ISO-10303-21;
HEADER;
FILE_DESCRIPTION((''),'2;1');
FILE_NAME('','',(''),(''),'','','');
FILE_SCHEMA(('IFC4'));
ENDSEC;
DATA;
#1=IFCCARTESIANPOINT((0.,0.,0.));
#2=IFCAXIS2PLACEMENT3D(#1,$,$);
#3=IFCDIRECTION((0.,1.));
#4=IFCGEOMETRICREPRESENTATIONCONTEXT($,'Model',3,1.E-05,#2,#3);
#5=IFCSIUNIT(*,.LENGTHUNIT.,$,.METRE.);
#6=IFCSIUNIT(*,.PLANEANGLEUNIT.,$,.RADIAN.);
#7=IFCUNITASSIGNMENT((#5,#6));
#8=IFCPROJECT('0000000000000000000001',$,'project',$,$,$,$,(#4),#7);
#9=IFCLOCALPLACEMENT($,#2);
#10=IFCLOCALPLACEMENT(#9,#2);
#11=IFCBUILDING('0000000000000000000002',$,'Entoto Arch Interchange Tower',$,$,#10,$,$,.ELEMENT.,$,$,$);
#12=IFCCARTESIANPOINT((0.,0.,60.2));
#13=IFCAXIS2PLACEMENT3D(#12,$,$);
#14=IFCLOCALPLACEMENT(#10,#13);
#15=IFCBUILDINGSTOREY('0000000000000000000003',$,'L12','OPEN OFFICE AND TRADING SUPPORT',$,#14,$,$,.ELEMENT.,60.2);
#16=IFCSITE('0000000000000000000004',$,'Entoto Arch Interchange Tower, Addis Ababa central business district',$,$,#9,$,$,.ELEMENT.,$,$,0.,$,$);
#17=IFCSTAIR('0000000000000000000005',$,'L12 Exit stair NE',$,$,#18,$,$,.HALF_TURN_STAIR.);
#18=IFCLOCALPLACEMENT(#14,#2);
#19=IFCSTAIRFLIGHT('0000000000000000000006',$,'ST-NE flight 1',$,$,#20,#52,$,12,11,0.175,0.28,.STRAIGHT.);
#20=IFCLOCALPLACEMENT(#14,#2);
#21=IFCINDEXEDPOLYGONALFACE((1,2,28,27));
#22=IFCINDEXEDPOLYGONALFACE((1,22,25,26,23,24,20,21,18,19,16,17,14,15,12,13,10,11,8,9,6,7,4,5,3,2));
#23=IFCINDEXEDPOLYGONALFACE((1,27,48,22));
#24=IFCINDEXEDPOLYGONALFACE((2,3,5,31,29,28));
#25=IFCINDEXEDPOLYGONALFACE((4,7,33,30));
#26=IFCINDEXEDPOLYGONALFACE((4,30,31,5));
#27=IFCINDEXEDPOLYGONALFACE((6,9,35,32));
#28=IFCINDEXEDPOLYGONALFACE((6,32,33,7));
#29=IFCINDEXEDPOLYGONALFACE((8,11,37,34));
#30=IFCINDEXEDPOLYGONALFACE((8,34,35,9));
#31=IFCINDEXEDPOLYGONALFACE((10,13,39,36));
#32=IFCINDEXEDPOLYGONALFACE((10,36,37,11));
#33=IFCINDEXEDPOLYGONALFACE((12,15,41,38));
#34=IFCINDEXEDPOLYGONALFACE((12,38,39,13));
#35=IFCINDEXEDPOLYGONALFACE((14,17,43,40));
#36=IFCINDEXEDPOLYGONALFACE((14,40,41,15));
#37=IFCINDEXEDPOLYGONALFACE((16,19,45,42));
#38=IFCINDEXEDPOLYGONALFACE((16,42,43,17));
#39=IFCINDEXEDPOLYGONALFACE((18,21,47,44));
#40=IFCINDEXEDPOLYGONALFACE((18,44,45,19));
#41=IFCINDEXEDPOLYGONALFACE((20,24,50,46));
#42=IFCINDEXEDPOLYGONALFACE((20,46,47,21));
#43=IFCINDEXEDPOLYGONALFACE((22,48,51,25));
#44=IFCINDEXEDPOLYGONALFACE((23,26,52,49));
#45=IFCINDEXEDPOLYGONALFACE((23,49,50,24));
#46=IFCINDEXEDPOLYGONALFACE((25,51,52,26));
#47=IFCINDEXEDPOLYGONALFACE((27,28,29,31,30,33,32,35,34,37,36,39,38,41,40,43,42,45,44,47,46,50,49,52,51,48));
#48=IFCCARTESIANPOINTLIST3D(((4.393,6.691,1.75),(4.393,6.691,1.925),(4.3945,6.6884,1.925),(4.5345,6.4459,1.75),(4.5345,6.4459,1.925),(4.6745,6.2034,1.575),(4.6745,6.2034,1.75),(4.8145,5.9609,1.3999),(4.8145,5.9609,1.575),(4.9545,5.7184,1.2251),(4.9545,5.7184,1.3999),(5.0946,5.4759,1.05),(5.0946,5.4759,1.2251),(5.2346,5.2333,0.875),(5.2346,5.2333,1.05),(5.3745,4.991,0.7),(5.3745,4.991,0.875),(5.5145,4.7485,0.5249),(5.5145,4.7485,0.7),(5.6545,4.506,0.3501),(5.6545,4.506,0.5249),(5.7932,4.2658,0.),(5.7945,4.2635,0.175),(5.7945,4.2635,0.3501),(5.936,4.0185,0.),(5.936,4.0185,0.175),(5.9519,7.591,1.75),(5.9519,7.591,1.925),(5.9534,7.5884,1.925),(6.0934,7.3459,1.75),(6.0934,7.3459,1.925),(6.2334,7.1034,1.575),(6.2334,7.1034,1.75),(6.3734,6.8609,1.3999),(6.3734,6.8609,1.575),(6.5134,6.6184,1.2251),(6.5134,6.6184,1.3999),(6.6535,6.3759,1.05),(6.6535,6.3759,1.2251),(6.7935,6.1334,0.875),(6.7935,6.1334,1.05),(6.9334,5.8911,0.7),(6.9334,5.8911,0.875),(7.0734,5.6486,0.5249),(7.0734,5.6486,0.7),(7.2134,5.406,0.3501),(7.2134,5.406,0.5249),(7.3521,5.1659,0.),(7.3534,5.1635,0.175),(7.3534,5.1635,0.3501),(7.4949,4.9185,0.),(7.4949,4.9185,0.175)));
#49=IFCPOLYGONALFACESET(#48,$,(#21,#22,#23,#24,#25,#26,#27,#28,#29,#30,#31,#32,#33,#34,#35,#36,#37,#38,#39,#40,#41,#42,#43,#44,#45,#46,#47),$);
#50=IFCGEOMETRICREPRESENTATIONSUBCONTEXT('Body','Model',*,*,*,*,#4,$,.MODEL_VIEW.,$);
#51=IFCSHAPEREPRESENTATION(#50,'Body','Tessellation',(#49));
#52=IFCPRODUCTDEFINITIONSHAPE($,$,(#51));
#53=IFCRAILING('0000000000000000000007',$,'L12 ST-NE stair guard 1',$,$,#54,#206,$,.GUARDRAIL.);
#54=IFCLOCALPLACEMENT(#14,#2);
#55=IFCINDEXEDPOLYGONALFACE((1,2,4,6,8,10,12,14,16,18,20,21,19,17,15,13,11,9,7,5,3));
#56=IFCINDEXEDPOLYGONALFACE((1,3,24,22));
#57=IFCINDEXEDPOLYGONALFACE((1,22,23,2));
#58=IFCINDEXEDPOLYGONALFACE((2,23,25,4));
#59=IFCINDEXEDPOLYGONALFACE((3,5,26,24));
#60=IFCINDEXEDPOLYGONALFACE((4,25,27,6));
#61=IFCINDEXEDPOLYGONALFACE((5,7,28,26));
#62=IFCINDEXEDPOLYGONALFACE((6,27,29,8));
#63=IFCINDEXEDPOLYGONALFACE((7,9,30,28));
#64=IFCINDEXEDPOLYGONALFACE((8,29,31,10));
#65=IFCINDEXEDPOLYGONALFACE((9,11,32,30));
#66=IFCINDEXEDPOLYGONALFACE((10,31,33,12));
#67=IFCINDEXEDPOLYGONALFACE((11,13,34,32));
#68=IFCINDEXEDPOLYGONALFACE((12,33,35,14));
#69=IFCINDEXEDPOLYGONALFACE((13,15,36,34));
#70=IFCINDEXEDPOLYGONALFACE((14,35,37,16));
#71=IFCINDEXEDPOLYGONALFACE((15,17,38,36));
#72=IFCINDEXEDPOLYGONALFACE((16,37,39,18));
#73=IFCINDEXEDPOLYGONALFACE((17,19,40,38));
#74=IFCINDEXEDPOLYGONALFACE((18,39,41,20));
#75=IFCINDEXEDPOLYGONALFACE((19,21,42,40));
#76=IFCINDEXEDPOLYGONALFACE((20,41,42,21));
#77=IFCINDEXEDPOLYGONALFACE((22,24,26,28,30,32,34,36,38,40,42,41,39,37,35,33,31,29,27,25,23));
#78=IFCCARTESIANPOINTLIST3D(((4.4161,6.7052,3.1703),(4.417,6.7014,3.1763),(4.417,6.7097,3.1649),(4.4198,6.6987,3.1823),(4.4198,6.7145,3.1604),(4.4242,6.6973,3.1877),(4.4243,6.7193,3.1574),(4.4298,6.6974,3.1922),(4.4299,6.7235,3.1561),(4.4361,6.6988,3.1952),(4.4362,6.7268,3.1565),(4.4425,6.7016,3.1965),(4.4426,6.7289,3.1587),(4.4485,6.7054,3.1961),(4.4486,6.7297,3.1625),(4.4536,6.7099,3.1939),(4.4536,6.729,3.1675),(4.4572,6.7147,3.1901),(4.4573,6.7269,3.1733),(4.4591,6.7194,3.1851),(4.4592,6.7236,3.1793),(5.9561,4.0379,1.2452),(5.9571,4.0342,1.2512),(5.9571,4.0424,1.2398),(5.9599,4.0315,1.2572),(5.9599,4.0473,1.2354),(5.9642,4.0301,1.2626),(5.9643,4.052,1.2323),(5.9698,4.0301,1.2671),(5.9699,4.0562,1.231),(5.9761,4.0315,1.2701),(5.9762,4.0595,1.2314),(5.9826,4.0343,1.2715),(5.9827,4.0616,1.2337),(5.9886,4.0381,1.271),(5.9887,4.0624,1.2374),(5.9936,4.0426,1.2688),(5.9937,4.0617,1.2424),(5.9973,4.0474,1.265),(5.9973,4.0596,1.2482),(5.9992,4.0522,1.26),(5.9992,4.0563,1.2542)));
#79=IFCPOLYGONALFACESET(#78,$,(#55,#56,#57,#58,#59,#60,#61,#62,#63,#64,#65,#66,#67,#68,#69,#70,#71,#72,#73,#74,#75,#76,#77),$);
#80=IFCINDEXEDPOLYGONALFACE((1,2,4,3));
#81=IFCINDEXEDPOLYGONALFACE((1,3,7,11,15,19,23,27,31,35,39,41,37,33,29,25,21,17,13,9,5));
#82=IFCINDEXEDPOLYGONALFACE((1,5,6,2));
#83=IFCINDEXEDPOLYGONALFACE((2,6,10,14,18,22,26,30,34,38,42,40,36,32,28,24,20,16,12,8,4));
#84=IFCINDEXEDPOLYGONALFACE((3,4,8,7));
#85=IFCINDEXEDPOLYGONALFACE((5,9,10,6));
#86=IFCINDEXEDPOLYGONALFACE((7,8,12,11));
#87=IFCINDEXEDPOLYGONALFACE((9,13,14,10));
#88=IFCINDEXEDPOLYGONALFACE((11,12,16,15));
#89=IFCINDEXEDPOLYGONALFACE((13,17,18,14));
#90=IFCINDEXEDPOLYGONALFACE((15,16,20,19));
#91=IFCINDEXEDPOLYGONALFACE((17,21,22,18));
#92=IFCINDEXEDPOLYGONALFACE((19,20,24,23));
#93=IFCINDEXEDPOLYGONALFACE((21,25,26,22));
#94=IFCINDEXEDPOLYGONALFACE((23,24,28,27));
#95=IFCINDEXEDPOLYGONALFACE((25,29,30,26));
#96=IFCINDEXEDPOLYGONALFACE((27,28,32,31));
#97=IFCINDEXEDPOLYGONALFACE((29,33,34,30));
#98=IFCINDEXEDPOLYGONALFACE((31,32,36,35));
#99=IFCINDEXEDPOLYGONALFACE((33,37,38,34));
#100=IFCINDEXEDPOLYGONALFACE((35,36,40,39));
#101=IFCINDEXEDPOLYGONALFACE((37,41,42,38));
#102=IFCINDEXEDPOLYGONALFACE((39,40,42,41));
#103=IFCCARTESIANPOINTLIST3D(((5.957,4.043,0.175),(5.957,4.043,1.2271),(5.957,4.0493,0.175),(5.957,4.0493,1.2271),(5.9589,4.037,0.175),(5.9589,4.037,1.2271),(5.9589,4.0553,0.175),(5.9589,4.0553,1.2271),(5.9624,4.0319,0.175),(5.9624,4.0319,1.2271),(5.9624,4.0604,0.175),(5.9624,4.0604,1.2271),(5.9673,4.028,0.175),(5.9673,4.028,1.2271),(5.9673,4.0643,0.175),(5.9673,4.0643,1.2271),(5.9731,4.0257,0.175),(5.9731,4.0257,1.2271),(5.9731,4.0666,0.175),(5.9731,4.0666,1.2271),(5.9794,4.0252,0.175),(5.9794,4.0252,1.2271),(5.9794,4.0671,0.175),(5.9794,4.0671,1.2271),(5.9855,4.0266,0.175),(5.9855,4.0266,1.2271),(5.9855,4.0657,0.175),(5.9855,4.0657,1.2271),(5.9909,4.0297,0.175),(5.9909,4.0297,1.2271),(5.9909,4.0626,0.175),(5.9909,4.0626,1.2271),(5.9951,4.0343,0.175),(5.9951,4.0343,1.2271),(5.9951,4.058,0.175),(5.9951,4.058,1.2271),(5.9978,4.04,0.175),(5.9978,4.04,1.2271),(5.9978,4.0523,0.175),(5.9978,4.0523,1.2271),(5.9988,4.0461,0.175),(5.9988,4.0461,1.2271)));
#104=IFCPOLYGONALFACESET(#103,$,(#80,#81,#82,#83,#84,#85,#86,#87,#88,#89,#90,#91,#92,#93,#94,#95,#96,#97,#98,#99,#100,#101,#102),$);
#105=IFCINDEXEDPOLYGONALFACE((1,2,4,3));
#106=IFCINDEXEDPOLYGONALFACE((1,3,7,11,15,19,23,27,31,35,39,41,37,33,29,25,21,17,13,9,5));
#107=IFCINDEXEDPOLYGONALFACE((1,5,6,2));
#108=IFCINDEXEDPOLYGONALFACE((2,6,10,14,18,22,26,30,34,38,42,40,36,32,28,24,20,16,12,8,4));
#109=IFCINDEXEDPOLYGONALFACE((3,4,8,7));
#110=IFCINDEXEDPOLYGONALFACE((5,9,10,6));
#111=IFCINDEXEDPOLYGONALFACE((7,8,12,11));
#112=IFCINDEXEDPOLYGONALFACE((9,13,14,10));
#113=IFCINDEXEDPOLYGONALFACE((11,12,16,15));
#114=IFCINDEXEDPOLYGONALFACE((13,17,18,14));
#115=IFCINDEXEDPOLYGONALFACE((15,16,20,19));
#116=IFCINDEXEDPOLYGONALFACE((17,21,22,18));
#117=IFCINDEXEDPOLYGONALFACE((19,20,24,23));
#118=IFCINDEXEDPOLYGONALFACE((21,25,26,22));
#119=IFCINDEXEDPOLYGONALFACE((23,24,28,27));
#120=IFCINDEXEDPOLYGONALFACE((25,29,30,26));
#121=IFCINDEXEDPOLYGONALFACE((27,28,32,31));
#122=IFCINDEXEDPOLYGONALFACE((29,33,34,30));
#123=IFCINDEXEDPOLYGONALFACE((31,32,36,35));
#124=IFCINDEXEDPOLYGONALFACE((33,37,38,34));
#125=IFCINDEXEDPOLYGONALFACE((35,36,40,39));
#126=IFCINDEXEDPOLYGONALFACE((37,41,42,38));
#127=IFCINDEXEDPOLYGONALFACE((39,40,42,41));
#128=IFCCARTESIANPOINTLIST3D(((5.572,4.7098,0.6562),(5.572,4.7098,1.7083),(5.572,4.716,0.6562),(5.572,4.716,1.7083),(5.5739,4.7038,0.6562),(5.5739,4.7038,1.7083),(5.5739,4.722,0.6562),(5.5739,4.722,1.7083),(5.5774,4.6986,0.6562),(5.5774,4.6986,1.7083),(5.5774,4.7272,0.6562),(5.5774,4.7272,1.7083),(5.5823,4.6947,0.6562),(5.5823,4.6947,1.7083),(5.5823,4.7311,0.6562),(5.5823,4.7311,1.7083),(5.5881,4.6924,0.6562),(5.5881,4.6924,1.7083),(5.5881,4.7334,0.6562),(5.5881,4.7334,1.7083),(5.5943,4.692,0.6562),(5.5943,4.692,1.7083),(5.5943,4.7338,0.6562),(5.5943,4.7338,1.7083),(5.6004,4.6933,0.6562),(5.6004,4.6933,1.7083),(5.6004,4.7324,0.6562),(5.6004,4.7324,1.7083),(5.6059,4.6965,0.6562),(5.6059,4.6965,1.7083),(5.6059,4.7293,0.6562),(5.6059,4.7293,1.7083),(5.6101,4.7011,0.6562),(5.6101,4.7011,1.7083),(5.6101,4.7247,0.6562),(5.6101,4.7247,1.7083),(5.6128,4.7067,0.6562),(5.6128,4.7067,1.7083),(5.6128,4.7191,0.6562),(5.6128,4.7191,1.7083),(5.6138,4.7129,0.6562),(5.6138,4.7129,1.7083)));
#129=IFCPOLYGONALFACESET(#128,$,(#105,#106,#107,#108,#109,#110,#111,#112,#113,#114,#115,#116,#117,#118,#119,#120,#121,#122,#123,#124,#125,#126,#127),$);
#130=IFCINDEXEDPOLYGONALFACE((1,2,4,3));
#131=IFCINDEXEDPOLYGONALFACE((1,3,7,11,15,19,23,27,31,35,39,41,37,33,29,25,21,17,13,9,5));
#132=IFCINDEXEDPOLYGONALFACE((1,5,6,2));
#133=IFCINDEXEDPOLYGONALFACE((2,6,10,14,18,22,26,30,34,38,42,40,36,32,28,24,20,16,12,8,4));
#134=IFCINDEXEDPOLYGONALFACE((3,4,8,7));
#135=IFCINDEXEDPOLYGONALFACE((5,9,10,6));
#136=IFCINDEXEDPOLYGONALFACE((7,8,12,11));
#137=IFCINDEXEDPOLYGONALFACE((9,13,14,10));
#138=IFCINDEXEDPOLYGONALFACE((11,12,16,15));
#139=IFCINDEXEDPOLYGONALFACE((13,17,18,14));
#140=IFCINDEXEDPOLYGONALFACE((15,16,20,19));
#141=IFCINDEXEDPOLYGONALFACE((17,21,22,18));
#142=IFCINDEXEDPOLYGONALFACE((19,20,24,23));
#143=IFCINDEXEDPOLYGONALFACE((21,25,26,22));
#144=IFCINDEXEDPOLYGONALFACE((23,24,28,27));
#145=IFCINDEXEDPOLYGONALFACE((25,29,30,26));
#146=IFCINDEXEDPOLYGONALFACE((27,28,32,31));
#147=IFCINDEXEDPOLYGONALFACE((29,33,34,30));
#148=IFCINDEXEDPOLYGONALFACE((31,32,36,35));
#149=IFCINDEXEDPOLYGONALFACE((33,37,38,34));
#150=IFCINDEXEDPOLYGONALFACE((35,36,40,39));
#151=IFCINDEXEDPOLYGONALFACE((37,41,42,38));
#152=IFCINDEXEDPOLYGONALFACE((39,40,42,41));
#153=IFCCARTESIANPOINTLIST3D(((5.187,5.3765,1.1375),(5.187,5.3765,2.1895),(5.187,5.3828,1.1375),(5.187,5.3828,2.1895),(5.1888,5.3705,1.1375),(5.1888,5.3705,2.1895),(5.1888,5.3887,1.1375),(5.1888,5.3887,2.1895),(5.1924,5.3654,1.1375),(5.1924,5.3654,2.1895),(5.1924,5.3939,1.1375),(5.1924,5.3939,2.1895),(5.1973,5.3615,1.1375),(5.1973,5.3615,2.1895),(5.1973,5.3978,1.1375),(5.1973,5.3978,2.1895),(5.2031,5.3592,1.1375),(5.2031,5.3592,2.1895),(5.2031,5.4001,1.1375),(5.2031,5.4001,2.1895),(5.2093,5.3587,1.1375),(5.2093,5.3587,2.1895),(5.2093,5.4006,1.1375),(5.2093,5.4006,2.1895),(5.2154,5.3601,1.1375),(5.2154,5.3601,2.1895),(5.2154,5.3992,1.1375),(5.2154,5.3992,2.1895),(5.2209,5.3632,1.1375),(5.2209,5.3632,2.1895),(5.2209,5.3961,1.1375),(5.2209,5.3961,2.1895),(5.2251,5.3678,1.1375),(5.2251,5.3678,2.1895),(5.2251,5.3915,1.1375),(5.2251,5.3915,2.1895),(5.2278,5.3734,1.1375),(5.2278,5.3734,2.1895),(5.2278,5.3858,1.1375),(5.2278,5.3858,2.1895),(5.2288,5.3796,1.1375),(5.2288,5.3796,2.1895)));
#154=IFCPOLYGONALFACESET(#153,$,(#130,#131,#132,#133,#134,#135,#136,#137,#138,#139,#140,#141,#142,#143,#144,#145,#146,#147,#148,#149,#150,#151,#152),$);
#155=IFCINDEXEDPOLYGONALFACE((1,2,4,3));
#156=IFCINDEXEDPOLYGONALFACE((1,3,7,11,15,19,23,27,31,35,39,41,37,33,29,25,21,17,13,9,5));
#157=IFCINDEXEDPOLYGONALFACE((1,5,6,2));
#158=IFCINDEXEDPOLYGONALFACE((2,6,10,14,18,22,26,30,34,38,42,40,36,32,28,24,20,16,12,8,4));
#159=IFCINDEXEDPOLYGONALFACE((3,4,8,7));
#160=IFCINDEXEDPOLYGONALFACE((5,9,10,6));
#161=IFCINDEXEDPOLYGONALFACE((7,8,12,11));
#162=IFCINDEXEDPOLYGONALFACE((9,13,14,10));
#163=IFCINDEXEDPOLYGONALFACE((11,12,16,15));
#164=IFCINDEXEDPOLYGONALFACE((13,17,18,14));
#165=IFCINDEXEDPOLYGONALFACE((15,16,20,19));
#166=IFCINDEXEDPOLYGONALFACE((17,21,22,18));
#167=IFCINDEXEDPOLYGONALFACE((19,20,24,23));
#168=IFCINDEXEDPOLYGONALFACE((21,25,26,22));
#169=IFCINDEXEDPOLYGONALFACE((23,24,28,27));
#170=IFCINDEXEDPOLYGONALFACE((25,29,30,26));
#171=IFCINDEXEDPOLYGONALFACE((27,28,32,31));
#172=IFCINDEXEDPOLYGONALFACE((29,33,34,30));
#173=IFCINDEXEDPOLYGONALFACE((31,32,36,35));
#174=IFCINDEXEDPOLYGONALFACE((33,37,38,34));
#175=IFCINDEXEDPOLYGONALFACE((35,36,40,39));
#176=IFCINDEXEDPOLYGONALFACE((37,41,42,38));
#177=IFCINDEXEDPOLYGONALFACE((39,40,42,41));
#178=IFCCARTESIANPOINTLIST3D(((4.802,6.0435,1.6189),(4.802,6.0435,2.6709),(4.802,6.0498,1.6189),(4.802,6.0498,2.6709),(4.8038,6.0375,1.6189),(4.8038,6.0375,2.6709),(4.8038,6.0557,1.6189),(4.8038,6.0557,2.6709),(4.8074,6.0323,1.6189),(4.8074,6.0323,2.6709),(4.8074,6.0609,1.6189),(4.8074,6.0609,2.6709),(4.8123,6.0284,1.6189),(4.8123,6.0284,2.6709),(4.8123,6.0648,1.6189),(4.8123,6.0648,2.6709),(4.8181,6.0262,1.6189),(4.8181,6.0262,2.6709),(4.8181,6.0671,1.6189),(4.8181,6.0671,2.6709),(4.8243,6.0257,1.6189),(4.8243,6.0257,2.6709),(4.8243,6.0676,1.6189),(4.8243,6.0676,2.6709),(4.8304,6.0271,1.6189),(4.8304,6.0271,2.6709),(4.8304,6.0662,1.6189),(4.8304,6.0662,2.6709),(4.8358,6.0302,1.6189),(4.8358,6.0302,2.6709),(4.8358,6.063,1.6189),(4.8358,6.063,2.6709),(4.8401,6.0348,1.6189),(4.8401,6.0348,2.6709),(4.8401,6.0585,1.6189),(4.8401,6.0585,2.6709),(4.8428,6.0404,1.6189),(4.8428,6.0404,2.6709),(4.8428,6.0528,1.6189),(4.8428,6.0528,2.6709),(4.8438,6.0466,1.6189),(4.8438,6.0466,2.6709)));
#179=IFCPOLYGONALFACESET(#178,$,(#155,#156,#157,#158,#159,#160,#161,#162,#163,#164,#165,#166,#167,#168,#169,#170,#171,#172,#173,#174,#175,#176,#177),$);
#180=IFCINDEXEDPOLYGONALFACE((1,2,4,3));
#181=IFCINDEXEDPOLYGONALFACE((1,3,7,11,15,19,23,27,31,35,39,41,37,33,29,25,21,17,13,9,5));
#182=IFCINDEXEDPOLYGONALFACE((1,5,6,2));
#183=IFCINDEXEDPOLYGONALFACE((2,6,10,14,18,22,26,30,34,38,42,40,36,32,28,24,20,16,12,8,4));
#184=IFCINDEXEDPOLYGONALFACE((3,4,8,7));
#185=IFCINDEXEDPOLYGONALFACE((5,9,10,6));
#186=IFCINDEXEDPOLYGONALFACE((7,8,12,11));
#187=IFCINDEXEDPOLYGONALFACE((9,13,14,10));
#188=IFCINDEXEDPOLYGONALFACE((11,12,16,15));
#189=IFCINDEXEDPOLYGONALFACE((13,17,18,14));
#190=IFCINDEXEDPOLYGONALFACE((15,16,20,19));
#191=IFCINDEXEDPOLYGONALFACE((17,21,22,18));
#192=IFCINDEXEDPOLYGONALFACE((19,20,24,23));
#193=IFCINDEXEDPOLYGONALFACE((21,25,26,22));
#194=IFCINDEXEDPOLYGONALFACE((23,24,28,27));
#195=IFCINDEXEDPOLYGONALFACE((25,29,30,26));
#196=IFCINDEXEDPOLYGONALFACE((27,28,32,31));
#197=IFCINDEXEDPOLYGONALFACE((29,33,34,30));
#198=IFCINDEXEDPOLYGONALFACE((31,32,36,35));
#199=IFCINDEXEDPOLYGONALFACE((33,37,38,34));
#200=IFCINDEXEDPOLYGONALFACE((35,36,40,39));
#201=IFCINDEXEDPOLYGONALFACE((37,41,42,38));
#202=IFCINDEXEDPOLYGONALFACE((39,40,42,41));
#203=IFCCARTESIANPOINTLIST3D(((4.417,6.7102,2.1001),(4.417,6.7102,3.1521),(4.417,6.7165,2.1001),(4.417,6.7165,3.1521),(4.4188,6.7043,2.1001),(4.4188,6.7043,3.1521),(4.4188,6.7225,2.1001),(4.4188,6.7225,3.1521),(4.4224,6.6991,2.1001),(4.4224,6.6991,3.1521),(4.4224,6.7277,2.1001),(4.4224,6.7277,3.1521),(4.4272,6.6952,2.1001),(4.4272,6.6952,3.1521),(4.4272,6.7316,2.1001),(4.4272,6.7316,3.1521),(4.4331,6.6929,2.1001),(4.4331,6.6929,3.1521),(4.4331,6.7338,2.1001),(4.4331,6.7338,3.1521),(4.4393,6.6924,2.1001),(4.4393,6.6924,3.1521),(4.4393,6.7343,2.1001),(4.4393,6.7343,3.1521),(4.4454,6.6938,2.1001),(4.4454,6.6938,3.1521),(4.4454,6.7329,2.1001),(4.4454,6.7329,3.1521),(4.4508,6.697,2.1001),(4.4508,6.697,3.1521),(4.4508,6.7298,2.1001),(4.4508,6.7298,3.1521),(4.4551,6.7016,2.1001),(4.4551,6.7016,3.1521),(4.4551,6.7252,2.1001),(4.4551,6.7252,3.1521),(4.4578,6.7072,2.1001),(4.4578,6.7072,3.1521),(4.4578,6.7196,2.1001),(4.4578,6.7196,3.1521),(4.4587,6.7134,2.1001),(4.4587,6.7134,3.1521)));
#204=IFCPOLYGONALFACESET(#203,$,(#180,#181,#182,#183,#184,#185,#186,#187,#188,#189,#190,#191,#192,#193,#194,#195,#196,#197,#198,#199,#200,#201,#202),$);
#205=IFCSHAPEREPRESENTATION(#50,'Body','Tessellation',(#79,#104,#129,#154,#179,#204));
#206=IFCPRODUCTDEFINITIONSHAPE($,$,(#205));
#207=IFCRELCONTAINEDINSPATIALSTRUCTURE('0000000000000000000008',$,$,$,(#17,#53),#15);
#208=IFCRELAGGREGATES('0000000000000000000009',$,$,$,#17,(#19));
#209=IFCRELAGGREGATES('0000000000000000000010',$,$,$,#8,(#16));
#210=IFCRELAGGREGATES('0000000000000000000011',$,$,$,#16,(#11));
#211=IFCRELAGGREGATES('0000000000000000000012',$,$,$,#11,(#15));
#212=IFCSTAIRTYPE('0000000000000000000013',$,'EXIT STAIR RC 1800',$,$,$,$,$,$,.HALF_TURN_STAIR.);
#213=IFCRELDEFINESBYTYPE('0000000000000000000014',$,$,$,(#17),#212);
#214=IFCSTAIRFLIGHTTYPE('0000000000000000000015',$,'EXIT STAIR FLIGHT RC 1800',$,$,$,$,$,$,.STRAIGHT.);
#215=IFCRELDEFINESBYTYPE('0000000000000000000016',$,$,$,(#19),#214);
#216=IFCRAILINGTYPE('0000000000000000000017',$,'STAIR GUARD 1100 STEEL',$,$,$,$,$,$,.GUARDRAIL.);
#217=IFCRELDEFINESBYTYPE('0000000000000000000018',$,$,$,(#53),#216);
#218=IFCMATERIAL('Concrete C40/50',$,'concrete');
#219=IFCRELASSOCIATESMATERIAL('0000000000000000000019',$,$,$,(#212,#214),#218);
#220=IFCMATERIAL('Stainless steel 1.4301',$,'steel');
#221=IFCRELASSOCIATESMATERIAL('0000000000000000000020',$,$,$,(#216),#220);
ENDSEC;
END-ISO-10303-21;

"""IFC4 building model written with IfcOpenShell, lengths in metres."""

from ifc_helpers import new_model, si_unit, direction, frame, origin, origin_2d, place, context, subcontext, project, spatial, polyline, circle, outline, extrude, material, type_object, element, aggregate, save


model = new_model("IFC4")

# Units and contexts
model_context = context("Model", 3, precision=1e-05, world=origin(), true_north=direction((0.0, 1.0)))
body_context = subcontext(model_context, "Body", "Model", "MODEL_VIEW")
ifc_project = project(units=[si_unit("LENGTHUNIT", "METRE"), si_unit("PLANEANGLEUNIT", "RADIAN")], contexts=[model_context])

# Site, building, storey
site_placement = place(None, origin())
site = spatial("IfcSite", under=ifc_project, at=site_placement, Name="Entoto Arch Interchange Tower, Addis Ababa central business district", CompositionType="ELEMENT", RefElevation=0.0)
building_placement = place(site_placement, origin())
building = spatial("IfcBuilding", under=site, at=building_placement, Name="Entoto Arch Interchange Tower", CompositionType="ELEMENT")
storey_placement = place(building_placement, frame((0.0, 0.0, 60.2)))
storey = spatial("IfcBuildingStorey", under=building, at=storey_placement, Name="L12", Description="OPEN OFFICE AND TRADING SUPPORT", CompositionType="ELEMENT", Elevation=60.2)

# Shared definitions
ifc_material_1 = material(Name="Concrete C40/50", Category="concrete")

# Stair, stair flight
stair_type = type_object("IfcStairType", Name="EXIT STAIR RC 1800", PredefinedType="HALF_TURN_STAIR", material=ifc_material_1)
stair_placement = place(storey_placement, origin())
stair = element("IfcStair", 1, at=stair_placement, inside=storey, type_object=stair_type, Name="L12 Exit stair NE", PredefinedType="HALF_TURN_STAIR")
stair_flight_type = type_object("IfcStairFlightType", Name="EXIT STAIR FLIGHT RC 1800", PredefinedType="STRAIGHT", material=ifc_material_1)
stair_flight_placement = place(storey_placement, frame((6.7139, 4.4709, 0.0), z_axis=(0.0, 0.0, 1.0), x_axis=(-0.5, 0.866025, 0.0)))
stair_flight = element("IfcStairFlight", 2, at=stair_flight_placement, type_object=stair_flight_type, Name="ST-NE flight 1", NumberOfRisers=12, NumberOfTreads=11, PredefinedType="STRAIGHT", RiserHeight=0.175, TreadLength=0.28, context=body_context, shape_type="SweptSolid", body=[
    extrude(outline(polyline([(-0.0029, 0.0), (-0.0029, 0.175), (0.28, 0.175), (0.28, 0.3501), (0.5601, 0.3501), (0.5601, 0.5249), (0.8401, 0.5249), (0.8401, 0.7), (1.1201, 0.7), (1.1201, 0.875), (1.3999, 0.875), (1.3999, 1.05), (1.6799, 1.05), (1.6799, 1.2251), (1.96, 1.2251), (1.96, 1.3999), (2.24, 1.3999), (2.24, 1.575), (2.52, 1.575), (2.52, 1.75), (2.8, 1.75), (2.8, 1.925), (3.0801, 1.925), (3.083, 1.925), (3.083, 1.75), (0.2827, 0.0), (-0.0029, 0.0)])), frame((0.0, 0.8999, 0.0), z_axis=(0.0, -1.0, 0.0), x_axis=(1.0, 0.0, 0.0)), (0.0, 0.0, 1.0), 1.8),
])
aggregate(stair, [stair_flight])

# Railing
ifc_material_2 = material(Name="Stainless steel 1.4301", Category="steel")
railing_type_1 = type_object("IfcRailingType", Name="STAIR GUARD 1100 STEEL", PredefinedType="GUARDRAIL", material=ifc_material_2)
railing_1_placement = place(storey_placement, frame((5.9778, 4.0461, 0.175)))
element("IfcRailing", 3, at=railing_1_placement, inside=storey, type_object=railing_type_1, Name="L12 ST-NE stair guard 1", PredefinedType="GUARDRAIL", context=body_context, shape_type="SweptSolid", body=[
    extrude(circle(Radius=0.0239, at=origin_2d()), frame((0.0, 0.0, 1.0762), z_axis=(-0.424015, 0.734364, 0.530019), x_axis=(-0.86601, -0.500027, 0.0)), (0.0, 0.0, 1.0), 3.6321),
    extrude(circle(Radius=0.021, at=origin_2d()), origin(), (0.0, 0.0, 1.0), 1.052),
    extrude(circle(Radius=0.021, at=origin_2d()), frame((-0.385, 0.6667, 0.4812)), (0.0, 0.0, 1.0), 1.052),
    extrude(circle(Radius=0.021, at=origin_2d()), frame((-0.77, 1.3335, 0.9624)), (0.0, 0.0, 1.0), 1.052),
    extrude(circle(Radius=0.021, at=origin_2d()), frame((-1.155, 2.0005, 1.4438)), (0.0, 0.0, 1.0), 1.052),
    extrude(circle(Radius=0.021, at=origin_2d()), frame((-1.54, 2.6672, 1.925)), (0.0, 0.0, 1.0), 1.052),
])

save(model, "model.ifc")
